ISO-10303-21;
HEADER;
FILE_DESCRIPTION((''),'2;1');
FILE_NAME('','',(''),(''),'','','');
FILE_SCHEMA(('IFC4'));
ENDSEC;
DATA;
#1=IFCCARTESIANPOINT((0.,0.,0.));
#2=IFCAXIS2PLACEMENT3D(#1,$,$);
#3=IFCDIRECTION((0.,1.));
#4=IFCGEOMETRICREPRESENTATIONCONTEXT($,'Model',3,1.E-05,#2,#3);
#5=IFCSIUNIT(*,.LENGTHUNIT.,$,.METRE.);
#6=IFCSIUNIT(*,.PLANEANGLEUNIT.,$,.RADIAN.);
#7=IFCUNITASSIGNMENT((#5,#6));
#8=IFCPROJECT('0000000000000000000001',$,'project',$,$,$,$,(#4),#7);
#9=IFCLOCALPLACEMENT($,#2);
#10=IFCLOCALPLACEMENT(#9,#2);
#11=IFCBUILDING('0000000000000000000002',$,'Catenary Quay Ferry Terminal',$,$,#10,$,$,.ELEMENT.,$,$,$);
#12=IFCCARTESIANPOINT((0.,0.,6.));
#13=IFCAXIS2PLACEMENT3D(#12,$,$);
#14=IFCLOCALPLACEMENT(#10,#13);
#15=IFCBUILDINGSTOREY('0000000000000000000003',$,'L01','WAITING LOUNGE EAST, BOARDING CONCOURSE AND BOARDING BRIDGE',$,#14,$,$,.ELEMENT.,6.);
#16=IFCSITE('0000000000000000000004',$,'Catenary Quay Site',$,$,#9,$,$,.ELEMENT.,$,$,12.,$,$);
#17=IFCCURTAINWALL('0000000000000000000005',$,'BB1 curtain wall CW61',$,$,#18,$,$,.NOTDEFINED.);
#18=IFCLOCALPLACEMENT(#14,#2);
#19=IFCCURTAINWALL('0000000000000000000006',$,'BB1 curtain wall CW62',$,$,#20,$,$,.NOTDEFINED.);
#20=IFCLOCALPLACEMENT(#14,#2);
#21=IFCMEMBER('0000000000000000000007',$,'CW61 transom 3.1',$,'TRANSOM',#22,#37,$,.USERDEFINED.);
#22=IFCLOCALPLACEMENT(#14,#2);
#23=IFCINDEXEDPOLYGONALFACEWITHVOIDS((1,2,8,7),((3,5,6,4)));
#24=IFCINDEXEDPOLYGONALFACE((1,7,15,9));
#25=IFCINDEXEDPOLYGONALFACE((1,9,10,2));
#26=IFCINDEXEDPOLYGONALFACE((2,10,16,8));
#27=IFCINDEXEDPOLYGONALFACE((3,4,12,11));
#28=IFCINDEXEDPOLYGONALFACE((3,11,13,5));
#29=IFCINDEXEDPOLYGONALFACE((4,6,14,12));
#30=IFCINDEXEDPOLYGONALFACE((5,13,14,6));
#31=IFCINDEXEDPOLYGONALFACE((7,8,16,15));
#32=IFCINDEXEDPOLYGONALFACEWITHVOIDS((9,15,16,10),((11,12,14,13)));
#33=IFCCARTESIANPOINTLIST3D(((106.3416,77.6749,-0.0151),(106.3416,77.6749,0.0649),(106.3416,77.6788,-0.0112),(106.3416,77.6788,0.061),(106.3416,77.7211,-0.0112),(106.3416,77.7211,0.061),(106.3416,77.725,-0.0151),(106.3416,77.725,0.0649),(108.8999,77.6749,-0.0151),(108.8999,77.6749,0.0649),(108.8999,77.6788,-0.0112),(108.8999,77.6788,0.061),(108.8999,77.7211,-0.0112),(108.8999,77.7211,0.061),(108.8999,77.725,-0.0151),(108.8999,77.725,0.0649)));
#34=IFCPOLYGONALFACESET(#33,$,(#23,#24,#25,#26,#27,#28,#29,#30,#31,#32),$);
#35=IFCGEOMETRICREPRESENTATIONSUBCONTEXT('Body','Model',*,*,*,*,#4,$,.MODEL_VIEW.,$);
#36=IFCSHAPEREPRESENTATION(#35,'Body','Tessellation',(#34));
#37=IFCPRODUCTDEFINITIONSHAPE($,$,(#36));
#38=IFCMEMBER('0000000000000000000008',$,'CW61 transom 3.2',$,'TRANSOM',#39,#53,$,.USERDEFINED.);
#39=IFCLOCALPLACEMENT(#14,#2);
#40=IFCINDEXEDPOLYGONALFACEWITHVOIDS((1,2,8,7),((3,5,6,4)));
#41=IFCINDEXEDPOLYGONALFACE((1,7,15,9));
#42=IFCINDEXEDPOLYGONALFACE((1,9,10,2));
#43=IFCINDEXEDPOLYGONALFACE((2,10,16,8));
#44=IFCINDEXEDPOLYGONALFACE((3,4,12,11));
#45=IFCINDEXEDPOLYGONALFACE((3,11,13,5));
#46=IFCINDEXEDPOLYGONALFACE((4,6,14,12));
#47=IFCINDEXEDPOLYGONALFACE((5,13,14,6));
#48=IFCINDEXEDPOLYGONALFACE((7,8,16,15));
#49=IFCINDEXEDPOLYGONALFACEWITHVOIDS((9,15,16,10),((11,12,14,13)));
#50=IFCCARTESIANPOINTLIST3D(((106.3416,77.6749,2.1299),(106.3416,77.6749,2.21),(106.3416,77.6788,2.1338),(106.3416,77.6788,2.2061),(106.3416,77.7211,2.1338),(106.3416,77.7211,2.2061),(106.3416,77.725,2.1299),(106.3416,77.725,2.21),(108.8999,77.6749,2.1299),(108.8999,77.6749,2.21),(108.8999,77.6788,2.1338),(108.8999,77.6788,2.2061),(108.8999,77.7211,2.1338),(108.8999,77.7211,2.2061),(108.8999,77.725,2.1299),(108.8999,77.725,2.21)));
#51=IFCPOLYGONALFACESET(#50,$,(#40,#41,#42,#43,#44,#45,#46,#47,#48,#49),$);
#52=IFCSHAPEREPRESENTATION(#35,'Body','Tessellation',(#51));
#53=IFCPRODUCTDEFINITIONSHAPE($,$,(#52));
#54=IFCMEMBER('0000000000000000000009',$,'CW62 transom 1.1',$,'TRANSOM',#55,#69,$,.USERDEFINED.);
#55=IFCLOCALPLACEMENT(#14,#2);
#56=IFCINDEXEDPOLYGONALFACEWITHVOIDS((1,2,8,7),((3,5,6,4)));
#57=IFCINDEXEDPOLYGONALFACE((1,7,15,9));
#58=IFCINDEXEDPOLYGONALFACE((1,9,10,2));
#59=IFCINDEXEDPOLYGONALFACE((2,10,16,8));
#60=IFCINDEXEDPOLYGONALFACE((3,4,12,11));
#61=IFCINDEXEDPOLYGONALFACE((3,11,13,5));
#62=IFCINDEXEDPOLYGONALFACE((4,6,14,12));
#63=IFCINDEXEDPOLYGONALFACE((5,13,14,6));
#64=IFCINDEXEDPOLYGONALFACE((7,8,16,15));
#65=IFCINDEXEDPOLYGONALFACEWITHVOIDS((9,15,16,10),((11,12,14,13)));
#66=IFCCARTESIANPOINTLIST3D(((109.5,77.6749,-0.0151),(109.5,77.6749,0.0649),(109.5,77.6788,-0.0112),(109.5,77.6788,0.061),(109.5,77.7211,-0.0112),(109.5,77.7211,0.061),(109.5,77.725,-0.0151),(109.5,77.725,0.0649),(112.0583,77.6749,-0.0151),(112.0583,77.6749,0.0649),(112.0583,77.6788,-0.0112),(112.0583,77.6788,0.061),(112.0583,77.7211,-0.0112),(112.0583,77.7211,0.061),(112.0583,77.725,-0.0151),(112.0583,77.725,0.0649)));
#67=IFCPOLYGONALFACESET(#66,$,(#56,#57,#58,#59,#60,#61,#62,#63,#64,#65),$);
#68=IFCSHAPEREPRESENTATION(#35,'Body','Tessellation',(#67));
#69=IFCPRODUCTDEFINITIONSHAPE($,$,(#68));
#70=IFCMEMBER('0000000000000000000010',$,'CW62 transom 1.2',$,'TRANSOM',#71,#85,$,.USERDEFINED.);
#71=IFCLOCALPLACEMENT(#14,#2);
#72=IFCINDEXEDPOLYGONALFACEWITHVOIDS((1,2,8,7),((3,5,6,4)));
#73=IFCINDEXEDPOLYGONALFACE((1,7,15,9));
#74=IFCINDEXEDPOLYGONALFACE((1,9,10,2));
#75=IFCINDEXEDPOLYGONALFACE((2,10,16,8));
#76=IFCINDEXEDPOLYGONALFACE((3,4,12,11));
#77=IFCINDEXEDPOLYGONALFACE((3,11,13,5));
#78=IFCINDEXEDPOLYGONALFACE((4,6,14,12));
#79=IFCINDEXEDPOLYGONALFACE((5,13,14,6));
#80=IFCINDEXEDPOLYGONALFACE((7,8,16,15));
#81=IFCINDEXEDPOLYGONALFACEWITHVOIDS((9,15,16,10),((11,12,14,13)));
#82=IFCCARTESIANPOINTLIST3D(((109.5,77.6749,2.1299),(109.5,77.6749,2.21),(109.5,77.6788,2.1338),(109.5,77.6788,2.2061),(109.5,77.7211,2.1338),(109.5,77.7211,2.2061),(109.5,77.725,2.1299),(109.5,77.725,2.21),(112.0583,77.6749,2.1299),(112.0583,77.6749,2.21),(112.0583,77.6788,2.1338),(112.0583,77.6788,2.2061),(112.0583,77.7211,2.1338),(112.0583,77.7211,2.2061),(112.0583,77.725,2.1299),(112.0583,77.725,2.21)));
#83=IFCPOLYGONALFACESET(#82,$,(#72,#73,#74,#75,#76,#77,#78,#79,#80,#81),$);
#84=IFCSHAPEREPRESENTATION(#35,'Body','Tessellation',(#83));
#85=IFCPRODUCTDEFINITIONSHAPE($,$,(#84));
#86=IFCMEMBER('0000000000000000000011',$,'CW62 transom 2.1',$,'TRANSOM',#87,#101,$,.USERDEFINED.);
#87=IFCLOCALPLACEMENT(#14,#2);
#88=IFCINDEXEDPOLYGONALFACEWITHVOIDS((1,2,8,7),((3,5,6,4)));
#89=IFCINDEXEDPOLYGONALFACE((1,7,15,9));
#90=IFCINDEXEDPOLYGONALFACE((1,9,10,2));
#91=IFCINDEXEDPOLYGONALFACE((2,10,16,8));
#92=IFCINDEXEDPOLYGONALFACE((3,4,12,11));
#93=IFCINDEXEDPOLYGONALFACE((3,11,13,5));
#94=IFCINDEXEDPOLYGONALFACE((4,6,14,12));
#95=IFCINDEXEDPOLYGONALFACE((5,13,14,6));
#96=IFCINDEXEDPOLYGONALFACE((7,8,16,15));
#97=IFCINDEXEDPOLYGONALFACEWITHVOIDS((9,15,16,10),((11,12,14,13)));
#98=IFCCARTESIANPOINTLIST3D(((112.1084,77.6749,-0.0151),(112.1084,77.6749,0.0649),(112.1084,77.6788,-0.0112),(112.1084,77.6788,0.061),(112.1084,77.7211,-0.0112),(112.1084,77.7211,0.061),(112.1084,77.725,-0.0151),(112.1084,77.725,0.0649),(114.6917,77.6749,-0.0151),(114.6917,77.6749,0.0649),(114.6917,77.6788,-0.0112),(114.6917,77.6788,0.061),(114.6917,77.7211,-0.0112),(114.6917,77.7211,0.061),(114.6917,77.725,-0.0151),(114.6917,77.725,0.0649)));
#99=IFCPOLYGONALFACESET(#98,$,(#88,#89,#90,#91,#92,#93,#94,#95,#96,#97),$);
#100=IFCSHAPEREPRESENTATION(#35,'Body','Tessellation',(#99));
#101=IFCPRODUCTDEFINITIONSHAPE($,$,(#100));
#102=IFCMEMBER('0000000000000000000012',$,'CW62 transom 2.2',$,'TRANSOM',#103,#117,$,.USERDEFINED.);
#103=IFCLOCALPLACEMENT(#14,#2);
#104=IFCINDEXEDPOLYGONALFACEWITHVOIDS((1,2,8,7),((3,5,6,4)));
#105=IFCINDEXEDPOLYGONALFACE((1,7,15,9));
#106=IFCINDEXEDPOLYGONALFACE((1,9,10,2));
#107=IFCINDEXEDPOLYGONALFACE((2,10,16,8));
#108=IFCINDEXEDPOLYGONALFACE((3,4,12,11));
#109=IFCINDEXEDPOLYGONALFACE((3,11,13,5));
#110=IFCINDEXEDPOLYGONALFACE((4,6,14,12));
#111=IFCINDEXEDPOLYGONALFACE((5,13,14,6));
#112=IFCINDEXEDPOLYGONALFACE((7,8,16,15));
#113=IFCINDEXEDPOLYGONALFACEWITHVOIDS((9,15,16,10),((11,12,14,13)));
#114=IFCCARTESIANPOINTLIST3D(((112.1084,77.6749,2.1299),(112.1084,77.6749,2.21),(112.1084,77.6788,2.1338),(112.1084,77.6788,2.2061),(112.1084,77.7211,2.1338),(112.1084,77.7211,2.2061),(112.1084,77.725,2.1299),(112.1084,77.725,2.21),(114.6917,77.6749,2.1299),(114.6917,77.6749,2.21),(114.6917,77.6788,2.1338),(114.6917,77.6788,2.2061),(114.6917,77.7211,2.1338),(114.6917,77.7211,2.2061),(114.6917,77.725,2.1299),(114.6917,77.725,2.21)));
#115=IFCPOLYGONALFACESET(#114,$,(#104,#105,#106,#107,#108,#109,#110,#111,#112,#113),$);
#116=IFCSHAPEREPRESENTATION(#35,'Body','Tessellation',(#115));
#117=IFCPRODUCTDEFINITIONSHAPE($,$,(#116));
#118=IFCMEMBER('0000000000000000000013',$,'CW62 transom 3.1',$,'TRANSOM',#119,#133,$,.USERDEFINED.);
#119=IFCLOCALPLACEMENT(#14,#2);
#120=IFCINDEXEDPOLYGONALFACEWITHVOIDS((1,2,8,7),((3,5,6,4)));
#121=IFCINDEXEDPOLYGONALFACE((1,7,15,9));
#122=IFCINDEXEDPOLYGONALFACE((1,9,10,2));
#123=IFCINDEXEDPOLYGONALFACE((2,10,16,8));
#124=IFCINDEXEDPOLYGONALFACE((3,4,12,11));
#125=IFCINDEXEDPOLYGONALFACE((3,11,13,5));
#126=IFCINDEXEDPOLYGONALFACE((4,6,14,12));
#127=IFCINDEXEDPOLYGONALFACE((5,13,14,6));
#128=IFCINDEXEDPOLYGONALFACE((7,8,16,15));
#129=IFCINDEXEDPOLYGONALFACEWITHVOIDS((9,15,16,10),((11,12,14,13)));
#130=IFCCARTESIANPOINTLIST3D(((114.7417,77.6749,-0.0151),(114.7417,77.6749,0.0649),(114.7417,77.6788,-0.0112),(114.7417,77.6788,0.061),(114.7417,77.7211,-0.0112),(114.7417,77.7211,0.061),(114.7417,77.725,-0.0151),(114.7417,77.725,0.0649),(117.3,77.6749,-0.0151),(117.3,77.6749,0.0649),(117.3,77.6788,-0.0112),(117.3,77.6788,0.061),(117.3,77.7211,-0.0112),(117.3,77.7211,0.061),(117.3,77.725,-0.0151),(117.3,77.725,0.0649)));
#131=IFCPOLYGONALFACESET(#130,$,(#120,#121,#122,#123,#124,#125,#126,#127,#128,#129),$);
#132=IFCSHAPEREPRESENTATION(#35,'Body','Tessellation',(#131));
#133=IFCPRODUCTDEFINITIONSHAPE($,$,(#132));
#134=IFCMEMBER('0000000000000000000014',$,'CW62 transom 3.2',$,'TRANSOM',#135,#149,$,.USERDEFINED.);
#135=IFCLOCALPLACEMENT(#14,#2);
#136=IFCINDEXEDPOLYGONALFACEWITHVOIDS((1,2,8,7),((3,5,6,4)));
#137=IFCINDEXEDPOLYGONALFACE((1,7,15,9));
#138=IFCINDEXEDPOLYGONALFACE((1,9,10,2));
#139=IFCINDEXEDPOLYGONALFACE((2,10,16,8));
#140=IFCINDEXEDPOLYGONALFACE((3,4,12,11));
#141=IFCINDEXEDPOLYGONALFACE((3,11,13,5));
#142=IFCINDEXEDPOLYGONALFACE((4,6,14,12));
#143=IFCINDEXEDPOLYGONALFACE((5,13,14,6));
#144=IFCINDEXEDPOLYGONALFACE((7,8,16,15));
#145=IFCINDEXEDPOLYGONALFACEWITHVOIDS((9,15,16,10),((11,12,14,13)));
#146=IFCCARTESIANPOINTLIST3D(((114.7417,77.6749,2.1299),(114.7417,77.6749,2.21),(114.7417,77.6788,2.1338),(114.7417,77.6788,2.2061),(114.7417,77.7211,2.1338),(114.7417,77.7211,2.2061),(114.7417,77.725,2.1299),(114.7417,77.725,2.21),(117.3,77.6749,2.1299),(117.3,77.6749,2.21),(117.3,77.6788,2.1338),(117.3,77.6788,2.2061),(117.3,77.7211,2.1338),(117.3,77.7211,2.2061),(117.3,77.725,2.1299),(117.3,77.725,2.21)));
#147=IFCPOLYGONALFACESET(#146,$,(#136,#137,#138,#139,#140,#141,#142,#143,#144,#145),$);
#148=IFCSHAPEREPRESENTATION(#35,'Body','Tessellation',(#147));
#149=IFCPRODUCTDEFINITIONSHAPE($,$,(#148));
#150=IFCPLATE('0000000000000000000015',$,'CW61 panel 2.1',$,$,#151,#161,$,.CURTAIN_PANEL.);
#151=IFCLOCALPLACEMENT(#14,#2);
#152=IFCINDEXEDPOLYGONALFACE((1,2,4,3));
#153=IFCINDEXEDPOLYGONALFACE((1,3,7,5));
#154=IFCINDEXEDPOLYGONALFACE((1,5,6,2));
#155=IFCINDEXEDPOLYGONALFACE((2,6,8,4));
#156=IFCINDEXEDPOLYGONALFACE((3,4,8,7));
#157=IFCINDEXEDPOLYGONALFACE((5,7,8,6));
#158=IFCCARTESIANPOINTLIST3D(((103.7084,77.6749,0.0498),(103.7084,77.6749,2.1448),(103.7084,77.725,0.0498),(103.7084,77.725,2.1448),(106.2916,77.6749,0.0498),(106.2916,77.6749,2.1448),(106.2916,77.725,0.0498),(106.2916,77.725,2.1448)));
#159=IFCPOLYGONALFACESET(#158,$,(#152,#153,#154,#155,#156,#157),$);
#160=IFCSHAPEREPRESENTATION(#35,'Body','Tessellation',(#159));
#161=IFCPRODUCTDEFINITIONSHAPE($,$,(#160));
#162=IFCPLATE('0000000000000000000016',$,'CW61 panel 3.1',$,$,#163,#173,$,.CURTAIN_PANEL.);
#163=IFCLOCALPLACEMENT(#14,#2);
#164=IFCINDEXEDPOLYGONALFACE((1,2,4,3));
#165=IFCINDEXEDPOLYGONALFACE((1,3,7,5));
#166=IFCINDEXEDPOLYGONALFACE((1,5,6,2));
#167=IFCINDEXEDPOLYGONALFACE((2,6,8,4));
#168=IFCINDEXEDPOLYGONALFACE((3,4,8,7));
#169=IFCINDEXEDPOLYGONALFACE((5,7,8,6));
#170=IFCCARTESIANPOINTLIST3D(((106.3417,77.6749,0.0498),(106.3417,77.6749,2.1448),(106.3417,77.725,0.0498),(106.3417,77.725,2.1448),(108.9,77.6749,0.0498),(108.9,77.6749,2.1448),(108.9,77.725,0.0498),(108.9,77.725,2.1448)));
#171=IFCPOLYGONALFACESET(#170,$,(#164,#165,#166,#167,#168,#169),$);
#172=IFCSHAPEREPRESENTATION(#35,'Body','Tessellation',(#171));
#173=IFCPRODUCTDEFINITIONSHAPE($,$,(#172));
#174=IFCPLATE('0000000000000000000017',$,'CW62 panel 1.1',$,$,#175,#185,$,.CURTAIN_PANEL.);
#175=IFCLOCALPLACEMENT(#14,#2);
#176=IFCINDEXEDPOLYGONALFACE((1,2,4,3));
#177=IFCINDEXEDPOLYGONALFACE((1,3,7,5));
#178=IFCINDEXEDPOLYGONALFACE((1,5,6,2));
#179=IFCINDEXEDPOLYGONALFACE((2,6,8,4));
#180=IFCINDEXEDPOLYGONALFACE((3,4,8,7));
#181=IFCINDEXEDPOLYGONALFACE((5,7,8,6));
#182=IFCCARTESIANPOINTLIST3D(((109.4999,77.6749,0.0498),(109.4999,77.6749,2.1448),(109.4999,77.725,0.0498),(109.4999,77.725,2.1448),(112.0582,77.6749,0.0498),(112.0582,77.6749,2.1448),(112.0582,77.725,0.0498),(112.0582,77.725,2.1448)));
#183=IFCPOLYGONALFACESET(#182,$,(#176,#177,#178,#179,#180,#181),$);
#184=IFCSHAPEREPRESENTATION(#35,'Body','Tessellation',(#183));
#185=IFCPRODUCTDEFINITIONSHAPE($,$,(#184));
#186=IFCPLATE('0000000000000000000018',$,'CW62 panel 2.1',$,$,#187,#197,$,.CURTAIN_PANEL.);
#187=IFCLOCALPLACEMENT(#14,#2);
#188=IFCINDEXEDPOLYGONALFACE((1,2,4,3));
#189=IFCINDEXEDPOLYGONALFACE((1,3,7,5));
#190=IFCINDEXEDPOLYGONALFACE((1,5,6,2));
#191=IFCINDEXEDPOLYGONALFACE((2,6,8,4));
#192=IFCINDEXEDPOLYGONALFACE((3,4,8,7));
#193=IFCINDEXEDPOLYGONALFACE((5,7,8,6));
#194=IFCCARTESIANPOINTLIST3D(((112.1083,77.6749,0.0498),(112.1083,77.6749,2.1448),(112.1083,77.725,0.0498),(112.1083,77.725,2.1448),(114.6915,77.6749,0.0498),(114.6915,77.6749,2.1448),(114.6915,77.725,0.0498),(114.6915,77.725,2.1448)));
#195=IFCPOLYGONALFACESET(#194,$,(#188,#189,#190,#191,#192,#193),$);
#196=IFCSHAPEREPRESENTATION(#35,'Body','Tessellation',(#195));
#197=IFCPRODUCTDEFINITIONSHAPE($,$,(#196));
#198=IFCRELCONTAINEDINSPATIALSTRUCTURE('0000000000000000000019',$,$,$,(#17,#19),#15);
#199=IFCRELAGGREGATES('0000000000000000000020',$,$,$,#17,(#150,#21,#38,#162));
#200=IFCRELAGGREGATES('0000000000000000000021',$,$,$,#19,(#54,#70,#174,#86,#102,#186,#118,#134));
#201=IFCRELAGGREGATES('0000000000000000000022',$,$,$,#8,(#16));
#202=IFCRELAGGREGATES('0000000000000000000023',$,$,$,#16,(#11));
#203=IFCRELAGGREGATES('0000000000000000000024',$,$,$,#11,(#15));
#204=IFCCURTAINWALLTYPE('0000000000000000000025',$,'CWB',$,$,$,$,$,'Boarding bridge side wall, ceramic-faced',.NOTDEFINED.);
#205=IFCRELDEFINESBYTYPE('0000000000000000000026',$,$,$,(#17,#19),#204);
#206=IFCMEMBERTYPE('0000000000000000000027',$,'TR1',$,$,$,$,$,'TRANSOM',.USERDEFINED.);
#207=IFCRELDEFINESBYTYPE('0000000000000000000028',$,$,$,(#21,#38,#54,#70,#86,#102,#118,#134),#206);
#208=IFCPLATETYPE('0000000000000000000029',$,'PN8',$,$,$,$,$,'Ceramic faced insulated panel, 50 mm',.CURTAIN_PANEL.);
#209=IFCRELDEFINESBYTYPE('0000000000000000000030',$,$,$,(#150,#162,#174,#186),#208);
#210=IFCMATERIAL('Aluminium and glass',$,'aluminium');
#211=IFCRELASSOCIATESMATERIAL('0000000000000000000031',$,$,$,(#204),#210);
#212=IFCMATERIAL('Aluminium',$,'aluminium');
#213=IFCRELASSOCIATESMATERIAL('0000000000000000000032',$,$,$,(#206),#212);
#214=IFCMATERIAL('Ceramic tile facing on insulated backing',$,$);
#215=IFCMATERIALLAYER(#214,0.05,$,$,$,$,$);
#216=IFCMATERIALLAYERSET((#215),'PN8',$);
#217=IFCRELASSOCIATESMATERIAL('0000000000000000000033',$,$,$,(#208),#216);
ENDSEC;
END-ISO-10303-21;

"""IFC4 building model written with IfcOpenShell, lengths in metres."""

from ifc_helpers import new_model, si_unit, direction, frame, origin, origin_2d, place, context, subcontext, project, spatial, rectangle, hollow_rectangle, extrude, material, layer, layer_set, material_profile, profile_set, type_object, element, aggregate, save


model = new_model("IFC4")

# Units and contexts
model_context = context("Model", 3, precision=1e-05, world=origin(), true_north=direction((0.0, 1.0)))
body_context = subcontext(model_context, "Body", "Model", "MODEL_VIEW")
ifc_project = project(units=[si_unit("LENGTHUNIT", "METRE"), si_unit("PLANEANGLEUNIT", "RADIAN")], contexts=[model_context])

# Site, building, storey
site_placement = place(None, origin())
site = spatial("IfcSite", under=ifc_project, at=site_placement, Name="Catenary Quay Site", CompositionType="ELEMENT", RefElevation=12.0)
building_placement = place(site_placement, origin())
building = spatial("IfcBuilding", under=site, at=building_placement, Name="Catenary Quay Ferry Terminal", CompositionType="ELEMENT")
storey_placement = place(building_placement, frame((0.0, 0.0, 6.0)))
storey = spatial("IfcBuildingStorey", under=building, at=storey_placement, Name="L01", Description="WAITING LOUNGE EAST, BOARDING CONCOURSE AND BOARDING BRIDGE", CompositionType="ELEMENT", Elevation=6.0)

# Curtain walls
ifc_material_1 = material(Name="Aluminium and glass", Category="aluminium")
curtain_wall_type = type_object("IfcCurtainWallType", Name="CWB", ElementType="Boarding bridge side wall, ceramic-faced", PredefinedType="NOTDEFINED", material=ifc_material_1)
curtain_wall_1_placement = place(storey_placement, origin())
curtain_wall_1 = element("IfcCurtainWall", 1, at=curtain_wall_1_placement, inside=storey, type_object=curtain_wall_type, Name="BB1 curtain wall CW61", PredefinedType="NOTDEFINED")
curtain_wall_2_placement = place(storey_placement, origin())
curtain_wall_2 = element("IfcCurtainWall", 2, at=curtain_wall_2_placement, inside=storey, type_object=curtain_wall_type, Name="BB1 curtain wall CW62", PredefinedType="NOTDEFINED")

# Members
ifc_material_2 = material(Name="Aluminium", Category="aluminium")
ifc_material_profile_1 = material_profile(ifc_material_2, hollow_rectangle(XDim=0.05, YDim=0.0801, WallThickness=0.0039, at=origin_2d()), Name="TR1")
ifc_profile_set_1 = profile_set([ifc_material_profile_1], Name="Aluminium")
member_type_1 = type_object("IfcMemberType", Name="TR1", ElementType="TRANSOM", PredefinedType="USERDEFINED", material=ifc_profile_set_1)
member_1_placement = place(storey_placement, frame((106.3416, 77.7, 0.0249), z_axis=(1.0, 0.0, 0.0), x_axis=(0.0, 1.0, 0.0)))
member_1 = element("IfcMember", 3, at=member_1_placement, type_object=member_type_1, Name="CW61 transom 3.1", ObjectType="TRANSOM", PredefinedType="USERDEFINED", context=body_context, shape_type="SweptSolid", body=[
    extrude(hollow_rectangle(XDim=0.05, YDim=0.0801, WallThickness=0.0039, at=origin_2d()), origin(), (0.0, 0.0, 1.0), 2.5583),
])
member_2_placement = place(storey_placement, frame((106.3416, 77.7, 2.1699), z_axis=(1.0, 0.0, 0.0), x_axis=(0.0, 1.0, 0.0)))
member_2 = element("IfcMember", 4, at=member_2_placement, type_object=member_type_1, Name="CW61 transom 3.2", ObjectType="TRANSOM", PredefinedType="USERDEFINED", context=body_context, shape_type="SweptSolid", body=[
    extrude(hollow_rectangle(XDim=0.05, YDim=0.0801, WallThickness=0.0039, at=origin_2d()), origin(), (0.0, 0.0, 1.0), 2.5583),
])
member_3_placement = place(storey_placement, frame((109.5, 77.7, 0.0249), z_axis=(1.0, 0.0, 0.0), x_axis=(0.0, 1.0, 0.0)))
member_3 = element("IfcMember", 5, at=member_3_placement, type_object=member_type_1, Name="CW62 transom 1.1", ObjectType="TRANSOM", PredefinedType="USERDEFINED", context=body_context, shape_type="SweptSolid", body=[
    extrude(hollow_rectangle(XDim=0.05, YDim=0.0801, WallThickness=0.0039, at=origin_2d()), origin(), (0.0, 0.0, 1.0), 2.5583),
])
member_4_placement = place(storey_placement, frame((109.5, 77.7, 2.1699), z_axis=(1.0, 0.0, 0.0), x_axis=(0.0, 1.0, 0.0)))
member_4 = element("IfcMember", 6, at=member_4_placement, type_object=member_type_1, Name="CW62 transom 1.2", ObjectType="TRANSOM", PredefinedType="USERDEFINED", context=body_context, shape_type="SweptSolid", body=[
    extrude(hollow_rectangle(XDim=0.05, YDim=0.0801, WallThickness=0.0039, at=origin_2d()), origin(), (0.0, 0.0, 1.0), 2.5583),
])
member_5_placement = place(storey_placement, frame((112.1084, 77.7, 0.0249), z_axis=(1.0, 0.0, 0.0), x_axis=(0.0, 1.0, 0.0)))
member_5 = element("IfcMember", 7, at=member_5_placement, type_object=member_type_1, Name="CW62 transom 2.1", ObjectType="TRANSOM", PredefinedType="USERDEFINED", context=body_context, shape_type="SweptSolid", body=[
    extrude(hollow_rectangle(XDim=0.05, YDim=0.0801, WallThickness=0.0039, at=origin_2d()), origin(), (0.0, 0.0, 1.0), 2.5833),
])
member_6_placement = place(storey_placement, frame((112.1084, 77.7, 2.1699), z_axis=(1.0, 0.0, 0.0), x_axis=(0.0, 1.0, 0.0)))
member_6 = element("IfcMember", 8, at=member_6_placement, type_object=member_type_1, Name="CW62 transom 2.2", ObjectType="TRANSOM", PredefinedType="USERDEFINED", context=body_context, shape_type="SweptSolid", body=[
    extrude(hollow_rectangle(XDim=0.05, YDim=0.0801, WallThickness=0.0039, at=origin_2d()), origin(), (0.0, 0.0, 1.0), 2.5833),
])
member_7_placement = place(storey_placement, frame((114.7417, 77.7, 0.0249), z_axis=(1.0, 0.0, 0.0), x_axis=(0.0, 1.0, 0.0)))
member_7 = element("IfcMember", 9, at=member_7_placement, type_object=member_type_1, Name="CW62 transom 3.1", ObjectType="TRANSOM", PredefinedType="USERDEFINED", context=body_context, shape_type="SweptSolid", body=[
    extrude(hollow_rectangle(XDim=0.05, YDim=0.0801, WallThickness=0.0039, at=origin_2d()), origin(), (0.0, 0.0, 1.0), 2.5583),
])
member_8_placement = place(storey_placement, frame((114.7417, 77.7, 2.1699), z_axis=(1.0, 0.0, 0.0), x_axis=(0.0, 1.0, 0.0)))
member_8 = element("IfcMember", 10, at=member_8_placement, type_object=member_type_1, Name="CW62 transom 3.2", ObjectType="TRANSOM", PredefinedType="USERDEFINED", context=body_context, shape_type="SweptSolid", body=[
    extrude(hollow_rectangle(XDim=0.05, YDim=0.0801, WallThickness=0.0039, at=origin_2d()), origin(), (0.0, 0.0, 1.0), 2.5583),
])

# Plates
ifc_material_3 = material(Name="Ceramic tile facing on insulated backing")
ifc_layer_1 = layer(ifc_material_3, 0.05)
ifc_layer_set_1 = layer_set([ifc_layer_1], Name="PN8")
plate_type = type_object("IfcPlateType", Name="PN8", ElementType="Ceramic faced insulated panel, 50 mm", PredefinedType="CURTAIN_PANEL", material=ifc_layer_set_1)
plate_1_placement = place(storey_placement, frame((105.0, 77.7, 0.0498), z_axis=(0.0, 0.0, 1.0), x_axis=(1.0, 0.0, 0.0)))
plate_1 = element("IfcPlate", 11, at=plate_1_placement, type_object=plate_type, Name="CW61 panel 2.1", PredefinedType="CURTAIN_PANEL", context=body_context, shape_type="SweptSolid", body=[
    extrude(rectangle(XDim=2.5833, YDim=0.05, at=origin_2d()), origin(), (0.0, 0.0, 1.0), 2.095),
])
plate_2_placement = place(storey_placement, frame((107.6208, 77.7, 0.0498), z_axis=(0.0, 0.0, 1.0), x_axis=(1.0, 0.0, 0.0)))
plate_2 = element("IfcPlate", 12, at=plate_2_placement, type_object=plate_type, Name="CW61 panel 3.1", PredefinedType="CURTAIN_PANEL", context=body_context, shape_type="SweptSolid", body=[
    extrude(rectangle(XDim=2.5583, YDim=0.05, at=origin_2d()), origin(), (0.0, 0.0, 1.0), 2.095),
])
aggregate(curtain_wall_1, [plate_1, member_1, member_2, plate_2])
plate_3_placement = place(storey_placement, frame((110.7791, 77.7, 0.0498), z_axis=(0.0, 0.0, 1.0), x_axis=(1.0, 0.0, 0.0)))
plate_3 = element("IfcPlate", 13, at=plate_3_placement, type_object=plate_type, Name="CW62 panel 1.1", PredefinedType="CURTAIN_PANEL", context=body_context, shape_type="SweptSolid", body=[
    extrude(rectangle(XDim=2.5583, YDim=0.05, at=origin_2d()), origin(), (0.0, 0.0, 1.0), 2.095),
])
plate_4_placement = place(storey_placement, frame((113.3999, 77.7, 0.0498), z_axis=(0.0, 0.0, 1.0), x_axis=(1.0, 0.0, 0.0)))
plate_4 = element("IfcPlate", 14, at=plate_4_placement, type_object=plate_type, Name="CW62 panel 2.1", PredefinedType="CURTAIN_PANEL", context=body_context, shape_type="SweptSolid", body=[
    extrude(rectangle(XDim=2.5833, YDim=0.05, at=origin_2d()), origin(), (0.0, 0.0, 1.0), 2.095),
])
aggregate(curtain_wall_2, [member_3, member_4, plate_3, member_5, member_6, plate_4, member_7, member_8])

save(model, "model.ifc")
